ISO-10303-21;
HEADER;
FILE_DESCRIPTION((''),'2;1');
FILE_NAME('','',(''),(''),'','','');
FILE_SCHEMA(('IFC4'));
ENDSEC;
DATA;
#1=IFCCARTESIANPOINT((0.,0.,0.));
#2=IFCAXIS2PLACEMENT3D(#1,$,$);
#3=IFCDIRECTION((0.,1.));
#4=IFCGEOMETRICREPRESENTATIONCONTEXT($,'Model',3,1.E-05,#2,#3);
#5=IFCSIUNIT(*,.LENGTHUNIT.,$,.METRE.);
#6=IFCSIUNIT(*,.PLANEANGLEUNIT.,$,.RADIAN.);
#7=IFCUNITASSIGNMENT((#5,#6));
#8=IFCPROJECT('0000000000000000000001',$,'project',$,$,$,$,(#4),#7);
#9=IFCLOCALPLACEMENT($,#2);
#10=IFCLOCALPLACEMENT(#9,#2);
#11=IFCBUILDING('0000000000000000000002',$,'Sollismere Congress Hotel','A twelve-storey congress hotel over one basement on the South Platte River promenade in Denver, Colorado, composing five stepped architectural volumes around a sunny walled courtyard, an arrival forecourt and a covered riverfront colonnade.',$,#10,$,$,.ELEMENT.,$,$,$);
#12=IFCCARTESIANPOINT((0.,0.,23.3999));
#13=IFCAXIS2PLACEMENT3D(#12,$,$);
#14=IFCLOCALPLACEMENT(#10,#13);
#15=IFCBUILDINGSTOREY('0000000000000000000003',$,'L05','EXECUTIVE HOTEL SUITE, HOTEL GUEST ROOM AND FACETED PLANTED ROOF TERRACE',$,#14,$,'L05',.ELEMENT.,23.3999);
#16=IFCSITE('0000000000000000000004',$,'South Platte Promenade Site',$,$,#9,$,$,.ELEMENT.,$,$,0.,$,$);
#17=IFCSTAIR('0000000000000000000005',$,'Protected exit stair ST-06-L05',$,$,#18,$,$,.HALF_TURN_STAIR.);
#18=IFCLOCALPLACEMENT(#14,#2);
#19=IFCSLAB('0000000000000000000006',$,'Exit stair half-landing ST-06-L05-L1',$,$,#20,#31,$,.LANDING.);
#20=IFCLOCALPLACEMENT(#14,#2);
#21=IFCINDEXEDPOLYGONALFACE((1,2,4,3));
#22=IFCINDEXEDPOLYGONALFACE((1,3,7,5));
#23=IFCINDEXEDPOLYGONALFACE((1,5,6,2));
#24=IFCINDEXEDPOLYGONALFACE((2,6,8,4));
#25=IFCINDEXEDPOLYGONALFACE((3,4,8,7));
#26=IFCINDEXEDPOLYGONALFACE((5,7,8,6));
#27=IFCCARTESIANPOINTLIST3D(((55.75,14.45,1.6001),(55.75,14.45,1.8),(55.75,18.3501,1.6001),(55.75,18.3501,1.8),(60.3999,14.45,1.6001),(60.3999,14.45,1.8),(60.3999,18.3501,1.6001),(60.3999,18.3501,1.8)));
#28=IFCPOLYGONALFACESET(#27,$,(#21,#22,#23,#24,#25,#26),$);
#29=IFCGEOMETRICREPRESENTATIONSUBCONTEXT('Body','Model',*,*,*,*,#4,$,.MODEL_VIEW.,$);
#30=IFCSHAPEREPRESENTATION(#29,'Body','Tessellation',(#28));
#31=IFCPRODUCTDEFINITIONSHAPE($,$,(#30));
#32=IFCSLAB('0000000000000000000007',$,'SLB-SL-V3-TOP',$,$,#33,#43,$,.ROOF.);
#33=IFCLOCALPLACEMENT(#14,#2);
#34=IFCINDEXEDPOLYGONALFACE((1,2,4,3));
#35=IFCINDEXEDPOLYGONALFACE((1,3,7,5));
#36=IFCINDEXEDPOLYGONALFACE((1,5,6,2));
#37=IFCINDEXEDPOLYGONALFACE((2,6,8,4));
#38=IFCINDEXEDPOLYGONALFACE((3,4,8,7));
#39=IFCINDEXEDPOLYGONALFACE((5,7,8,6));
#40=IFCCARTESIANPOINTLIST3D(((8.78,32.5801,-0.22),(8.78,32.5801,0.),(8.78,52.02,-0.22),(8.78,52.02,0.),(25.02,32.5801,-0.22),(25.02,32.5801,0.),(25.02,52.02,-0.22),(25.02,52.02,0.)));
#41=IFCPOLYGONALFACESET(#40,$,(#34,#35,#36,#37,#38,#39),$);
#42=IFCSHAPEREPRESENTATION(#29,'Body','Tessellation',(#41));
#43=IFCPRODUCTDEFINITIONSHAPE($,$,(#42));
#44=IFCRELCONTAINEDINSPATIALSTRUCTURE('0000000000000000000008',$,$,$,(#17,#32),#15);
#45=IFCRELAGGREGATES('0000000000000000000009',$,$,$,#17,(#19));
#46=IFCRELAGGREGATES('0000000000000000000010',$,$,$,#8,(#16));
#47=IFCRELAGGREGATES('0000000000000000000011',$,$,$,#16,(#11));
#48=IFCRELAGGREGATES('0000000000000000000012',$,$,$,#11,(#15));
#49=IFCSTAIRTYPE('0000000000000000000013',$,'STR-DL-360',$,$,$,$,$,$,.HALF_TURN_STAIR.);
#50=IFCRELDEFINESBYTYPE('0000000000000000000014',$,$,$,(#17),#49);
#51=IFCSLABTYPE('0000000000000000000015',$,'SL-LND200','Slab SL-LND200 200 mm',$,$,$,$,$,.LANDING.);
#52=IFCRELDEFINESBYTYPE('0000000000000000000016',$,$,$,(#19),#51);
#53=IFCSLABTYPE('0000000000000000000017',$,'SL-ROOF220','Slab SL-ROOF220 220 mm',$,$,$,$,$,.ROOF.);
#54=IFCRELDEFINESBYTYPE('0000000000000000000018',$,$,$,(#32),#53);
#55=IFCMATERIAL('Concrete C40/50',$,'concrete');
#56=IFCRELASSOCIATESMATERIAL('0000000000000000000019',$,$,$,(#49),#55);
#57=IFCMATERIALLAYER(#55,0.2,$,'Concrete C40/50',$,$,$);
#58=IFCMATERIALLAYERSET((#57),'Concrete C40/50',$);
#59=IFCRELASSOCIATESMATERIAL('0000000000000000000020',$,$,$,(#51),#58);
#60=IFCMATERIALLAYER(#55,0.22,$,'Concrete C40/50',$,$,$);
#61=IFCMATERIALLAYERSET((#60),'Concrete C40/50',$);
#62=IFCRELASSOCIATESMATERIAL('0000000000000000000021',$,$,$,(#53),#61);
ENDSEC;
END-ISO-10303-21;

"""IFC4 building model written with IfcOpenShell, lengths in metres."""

from ifc_helpers import new_model, si_unit, direction, frame, origin, place, context, subcontext, project, spatial, polyline, outline, extrude, material, layer, layer_set, type_object, element, aggregate, save


model = new_model("IFC4")

# Units and contexts
model_context = context("Model", 3, precision=1e-05, world=origin(), true_north=direction((0.0, 1.0)))
body_context = subcontext(model_context, "Body", "Model", "MODEL_VIEW")
ifc_project = project(units=[si_unit("LENGTHUNIT", "METRE"), si_unit("PLANEANGLEUNIT", "RADIAN")], contexts=[model_context])

# Site, building, storey
site_placement = place(None, origin())
site = spatial("IfcSite", under=ifc_project, at=site_placement, Name="South Platte Promenade Site", CompositionType="ELEMENT", RefElevation=0.0)
building_placement = place(site_placement, origin())
building = spatial("IfcBuilding", under=site, at=building_placement, Name="Sollismere Congress Hotel", Description="A twelve-storey congress hotel over one basement on the South Platte River promenade in Denver, Colorado, composing five stepped architectural volumes around a sunny walled courtyard, an arrival forecourt and a covered riverfront colonnade.", CompositionType="ELEMENT")
storey_placement = place(building_placement, frame((0.0, 0.0, 23.3999)))
storey = spatial("IfcBuildingStorey", under=building, at=storey_placement, Name="L05", Description="EXECUTIVE HOTEL SUITE, HOTEL GUEST ROOM AND FACETED PLANTED ROOF TERRACE", LongName="L05", CompositionType="ELEMENT", Elevation=23.3999)

# Shared definitions
ifc_material_1 = material(Name="Concrete C40/50", Category="concrete")

# Stair, slab
stair_type = type_object("IfcStairType", Name="STR-DL-360", PredefinedType="HALF_TURN_STAIR", material=ifc_material_1)
ifc_layer_1 = layer(ifc_material_1, 0.2, Name="Concrete C40/50")
ifc_layer_set_1 = layer_set([ifc_layer_1], Name="Concrete C40/50")
slab_type_1 = type_object("IfcSlabType", Name="SL-LND200", Description="Slab SL-LND200 200 mm", PredefinedType="LANDING", material=ifc_layer_set_1)
stair_1_placement = place(storey_placement, origin())
stair_1 = element("IfcStair", 1, at=stair_1_placement, inside=storey, type_object=stair_type, Name="Protected exit stair ST-06-L05", PredefinedType="HALF_TURN_STAIR")
slab_1_placement = place(storey_placement, frame((0.0, 0.0, 1.6001)))
slab_1 = element("IfcSlab", 2, at=slab_1_placement, type_object=slab_type_1, Name="Exit stair half-landing ST-06-L05-L1", PredefinedType="LANDING", context=body_context, shape_type="SweptSolid", body=[
    extrude(outline(polyline([(55.75, 14.45), (60.3999, 14.45), (60.3999, 18.3501), (55.75, 18.3501), (55.75, 14.45)])), origin(), (0.0, 0.0, 1.0), 0.2),
])
aggregate(stair_1, [slab_1])

# Slab
ifc_layer_2 = layer(ifc_material_1, 0.22, Name="Concrete C40/50")
ifc_layer_set_2 = layer_set([ifc_layer_2], Name="Concrete C40/50")
slab_type_2 = type_object("IfcSlabType", Name="SL-ROOF220", Description="Slab SL-ROOF220 220 mm", PredefinedType="ROOF", material=ifc_layer_set_2)
slab_2_placement = place(storey_placement, frame((0.0, 0.0, -0.22)))
element("IfcSlab", 3, at=slab_2_placement, inside=storey, type_object=slab_type_2, Name="SLB-SL-V3-TOP", PredefinedType="ROOF", context=body_context, shape_type="SweptSolid", body=[
    extrude(outline(polyline([(8.78, 32.5801), (25.02, 32.5801), (25.02, 52.02), (8.78, 52.02), (8.78, 32.5801)])), origin(), (0.0, 0.0, 1.0), 0.22),
])

save(model, "model.ifc")
